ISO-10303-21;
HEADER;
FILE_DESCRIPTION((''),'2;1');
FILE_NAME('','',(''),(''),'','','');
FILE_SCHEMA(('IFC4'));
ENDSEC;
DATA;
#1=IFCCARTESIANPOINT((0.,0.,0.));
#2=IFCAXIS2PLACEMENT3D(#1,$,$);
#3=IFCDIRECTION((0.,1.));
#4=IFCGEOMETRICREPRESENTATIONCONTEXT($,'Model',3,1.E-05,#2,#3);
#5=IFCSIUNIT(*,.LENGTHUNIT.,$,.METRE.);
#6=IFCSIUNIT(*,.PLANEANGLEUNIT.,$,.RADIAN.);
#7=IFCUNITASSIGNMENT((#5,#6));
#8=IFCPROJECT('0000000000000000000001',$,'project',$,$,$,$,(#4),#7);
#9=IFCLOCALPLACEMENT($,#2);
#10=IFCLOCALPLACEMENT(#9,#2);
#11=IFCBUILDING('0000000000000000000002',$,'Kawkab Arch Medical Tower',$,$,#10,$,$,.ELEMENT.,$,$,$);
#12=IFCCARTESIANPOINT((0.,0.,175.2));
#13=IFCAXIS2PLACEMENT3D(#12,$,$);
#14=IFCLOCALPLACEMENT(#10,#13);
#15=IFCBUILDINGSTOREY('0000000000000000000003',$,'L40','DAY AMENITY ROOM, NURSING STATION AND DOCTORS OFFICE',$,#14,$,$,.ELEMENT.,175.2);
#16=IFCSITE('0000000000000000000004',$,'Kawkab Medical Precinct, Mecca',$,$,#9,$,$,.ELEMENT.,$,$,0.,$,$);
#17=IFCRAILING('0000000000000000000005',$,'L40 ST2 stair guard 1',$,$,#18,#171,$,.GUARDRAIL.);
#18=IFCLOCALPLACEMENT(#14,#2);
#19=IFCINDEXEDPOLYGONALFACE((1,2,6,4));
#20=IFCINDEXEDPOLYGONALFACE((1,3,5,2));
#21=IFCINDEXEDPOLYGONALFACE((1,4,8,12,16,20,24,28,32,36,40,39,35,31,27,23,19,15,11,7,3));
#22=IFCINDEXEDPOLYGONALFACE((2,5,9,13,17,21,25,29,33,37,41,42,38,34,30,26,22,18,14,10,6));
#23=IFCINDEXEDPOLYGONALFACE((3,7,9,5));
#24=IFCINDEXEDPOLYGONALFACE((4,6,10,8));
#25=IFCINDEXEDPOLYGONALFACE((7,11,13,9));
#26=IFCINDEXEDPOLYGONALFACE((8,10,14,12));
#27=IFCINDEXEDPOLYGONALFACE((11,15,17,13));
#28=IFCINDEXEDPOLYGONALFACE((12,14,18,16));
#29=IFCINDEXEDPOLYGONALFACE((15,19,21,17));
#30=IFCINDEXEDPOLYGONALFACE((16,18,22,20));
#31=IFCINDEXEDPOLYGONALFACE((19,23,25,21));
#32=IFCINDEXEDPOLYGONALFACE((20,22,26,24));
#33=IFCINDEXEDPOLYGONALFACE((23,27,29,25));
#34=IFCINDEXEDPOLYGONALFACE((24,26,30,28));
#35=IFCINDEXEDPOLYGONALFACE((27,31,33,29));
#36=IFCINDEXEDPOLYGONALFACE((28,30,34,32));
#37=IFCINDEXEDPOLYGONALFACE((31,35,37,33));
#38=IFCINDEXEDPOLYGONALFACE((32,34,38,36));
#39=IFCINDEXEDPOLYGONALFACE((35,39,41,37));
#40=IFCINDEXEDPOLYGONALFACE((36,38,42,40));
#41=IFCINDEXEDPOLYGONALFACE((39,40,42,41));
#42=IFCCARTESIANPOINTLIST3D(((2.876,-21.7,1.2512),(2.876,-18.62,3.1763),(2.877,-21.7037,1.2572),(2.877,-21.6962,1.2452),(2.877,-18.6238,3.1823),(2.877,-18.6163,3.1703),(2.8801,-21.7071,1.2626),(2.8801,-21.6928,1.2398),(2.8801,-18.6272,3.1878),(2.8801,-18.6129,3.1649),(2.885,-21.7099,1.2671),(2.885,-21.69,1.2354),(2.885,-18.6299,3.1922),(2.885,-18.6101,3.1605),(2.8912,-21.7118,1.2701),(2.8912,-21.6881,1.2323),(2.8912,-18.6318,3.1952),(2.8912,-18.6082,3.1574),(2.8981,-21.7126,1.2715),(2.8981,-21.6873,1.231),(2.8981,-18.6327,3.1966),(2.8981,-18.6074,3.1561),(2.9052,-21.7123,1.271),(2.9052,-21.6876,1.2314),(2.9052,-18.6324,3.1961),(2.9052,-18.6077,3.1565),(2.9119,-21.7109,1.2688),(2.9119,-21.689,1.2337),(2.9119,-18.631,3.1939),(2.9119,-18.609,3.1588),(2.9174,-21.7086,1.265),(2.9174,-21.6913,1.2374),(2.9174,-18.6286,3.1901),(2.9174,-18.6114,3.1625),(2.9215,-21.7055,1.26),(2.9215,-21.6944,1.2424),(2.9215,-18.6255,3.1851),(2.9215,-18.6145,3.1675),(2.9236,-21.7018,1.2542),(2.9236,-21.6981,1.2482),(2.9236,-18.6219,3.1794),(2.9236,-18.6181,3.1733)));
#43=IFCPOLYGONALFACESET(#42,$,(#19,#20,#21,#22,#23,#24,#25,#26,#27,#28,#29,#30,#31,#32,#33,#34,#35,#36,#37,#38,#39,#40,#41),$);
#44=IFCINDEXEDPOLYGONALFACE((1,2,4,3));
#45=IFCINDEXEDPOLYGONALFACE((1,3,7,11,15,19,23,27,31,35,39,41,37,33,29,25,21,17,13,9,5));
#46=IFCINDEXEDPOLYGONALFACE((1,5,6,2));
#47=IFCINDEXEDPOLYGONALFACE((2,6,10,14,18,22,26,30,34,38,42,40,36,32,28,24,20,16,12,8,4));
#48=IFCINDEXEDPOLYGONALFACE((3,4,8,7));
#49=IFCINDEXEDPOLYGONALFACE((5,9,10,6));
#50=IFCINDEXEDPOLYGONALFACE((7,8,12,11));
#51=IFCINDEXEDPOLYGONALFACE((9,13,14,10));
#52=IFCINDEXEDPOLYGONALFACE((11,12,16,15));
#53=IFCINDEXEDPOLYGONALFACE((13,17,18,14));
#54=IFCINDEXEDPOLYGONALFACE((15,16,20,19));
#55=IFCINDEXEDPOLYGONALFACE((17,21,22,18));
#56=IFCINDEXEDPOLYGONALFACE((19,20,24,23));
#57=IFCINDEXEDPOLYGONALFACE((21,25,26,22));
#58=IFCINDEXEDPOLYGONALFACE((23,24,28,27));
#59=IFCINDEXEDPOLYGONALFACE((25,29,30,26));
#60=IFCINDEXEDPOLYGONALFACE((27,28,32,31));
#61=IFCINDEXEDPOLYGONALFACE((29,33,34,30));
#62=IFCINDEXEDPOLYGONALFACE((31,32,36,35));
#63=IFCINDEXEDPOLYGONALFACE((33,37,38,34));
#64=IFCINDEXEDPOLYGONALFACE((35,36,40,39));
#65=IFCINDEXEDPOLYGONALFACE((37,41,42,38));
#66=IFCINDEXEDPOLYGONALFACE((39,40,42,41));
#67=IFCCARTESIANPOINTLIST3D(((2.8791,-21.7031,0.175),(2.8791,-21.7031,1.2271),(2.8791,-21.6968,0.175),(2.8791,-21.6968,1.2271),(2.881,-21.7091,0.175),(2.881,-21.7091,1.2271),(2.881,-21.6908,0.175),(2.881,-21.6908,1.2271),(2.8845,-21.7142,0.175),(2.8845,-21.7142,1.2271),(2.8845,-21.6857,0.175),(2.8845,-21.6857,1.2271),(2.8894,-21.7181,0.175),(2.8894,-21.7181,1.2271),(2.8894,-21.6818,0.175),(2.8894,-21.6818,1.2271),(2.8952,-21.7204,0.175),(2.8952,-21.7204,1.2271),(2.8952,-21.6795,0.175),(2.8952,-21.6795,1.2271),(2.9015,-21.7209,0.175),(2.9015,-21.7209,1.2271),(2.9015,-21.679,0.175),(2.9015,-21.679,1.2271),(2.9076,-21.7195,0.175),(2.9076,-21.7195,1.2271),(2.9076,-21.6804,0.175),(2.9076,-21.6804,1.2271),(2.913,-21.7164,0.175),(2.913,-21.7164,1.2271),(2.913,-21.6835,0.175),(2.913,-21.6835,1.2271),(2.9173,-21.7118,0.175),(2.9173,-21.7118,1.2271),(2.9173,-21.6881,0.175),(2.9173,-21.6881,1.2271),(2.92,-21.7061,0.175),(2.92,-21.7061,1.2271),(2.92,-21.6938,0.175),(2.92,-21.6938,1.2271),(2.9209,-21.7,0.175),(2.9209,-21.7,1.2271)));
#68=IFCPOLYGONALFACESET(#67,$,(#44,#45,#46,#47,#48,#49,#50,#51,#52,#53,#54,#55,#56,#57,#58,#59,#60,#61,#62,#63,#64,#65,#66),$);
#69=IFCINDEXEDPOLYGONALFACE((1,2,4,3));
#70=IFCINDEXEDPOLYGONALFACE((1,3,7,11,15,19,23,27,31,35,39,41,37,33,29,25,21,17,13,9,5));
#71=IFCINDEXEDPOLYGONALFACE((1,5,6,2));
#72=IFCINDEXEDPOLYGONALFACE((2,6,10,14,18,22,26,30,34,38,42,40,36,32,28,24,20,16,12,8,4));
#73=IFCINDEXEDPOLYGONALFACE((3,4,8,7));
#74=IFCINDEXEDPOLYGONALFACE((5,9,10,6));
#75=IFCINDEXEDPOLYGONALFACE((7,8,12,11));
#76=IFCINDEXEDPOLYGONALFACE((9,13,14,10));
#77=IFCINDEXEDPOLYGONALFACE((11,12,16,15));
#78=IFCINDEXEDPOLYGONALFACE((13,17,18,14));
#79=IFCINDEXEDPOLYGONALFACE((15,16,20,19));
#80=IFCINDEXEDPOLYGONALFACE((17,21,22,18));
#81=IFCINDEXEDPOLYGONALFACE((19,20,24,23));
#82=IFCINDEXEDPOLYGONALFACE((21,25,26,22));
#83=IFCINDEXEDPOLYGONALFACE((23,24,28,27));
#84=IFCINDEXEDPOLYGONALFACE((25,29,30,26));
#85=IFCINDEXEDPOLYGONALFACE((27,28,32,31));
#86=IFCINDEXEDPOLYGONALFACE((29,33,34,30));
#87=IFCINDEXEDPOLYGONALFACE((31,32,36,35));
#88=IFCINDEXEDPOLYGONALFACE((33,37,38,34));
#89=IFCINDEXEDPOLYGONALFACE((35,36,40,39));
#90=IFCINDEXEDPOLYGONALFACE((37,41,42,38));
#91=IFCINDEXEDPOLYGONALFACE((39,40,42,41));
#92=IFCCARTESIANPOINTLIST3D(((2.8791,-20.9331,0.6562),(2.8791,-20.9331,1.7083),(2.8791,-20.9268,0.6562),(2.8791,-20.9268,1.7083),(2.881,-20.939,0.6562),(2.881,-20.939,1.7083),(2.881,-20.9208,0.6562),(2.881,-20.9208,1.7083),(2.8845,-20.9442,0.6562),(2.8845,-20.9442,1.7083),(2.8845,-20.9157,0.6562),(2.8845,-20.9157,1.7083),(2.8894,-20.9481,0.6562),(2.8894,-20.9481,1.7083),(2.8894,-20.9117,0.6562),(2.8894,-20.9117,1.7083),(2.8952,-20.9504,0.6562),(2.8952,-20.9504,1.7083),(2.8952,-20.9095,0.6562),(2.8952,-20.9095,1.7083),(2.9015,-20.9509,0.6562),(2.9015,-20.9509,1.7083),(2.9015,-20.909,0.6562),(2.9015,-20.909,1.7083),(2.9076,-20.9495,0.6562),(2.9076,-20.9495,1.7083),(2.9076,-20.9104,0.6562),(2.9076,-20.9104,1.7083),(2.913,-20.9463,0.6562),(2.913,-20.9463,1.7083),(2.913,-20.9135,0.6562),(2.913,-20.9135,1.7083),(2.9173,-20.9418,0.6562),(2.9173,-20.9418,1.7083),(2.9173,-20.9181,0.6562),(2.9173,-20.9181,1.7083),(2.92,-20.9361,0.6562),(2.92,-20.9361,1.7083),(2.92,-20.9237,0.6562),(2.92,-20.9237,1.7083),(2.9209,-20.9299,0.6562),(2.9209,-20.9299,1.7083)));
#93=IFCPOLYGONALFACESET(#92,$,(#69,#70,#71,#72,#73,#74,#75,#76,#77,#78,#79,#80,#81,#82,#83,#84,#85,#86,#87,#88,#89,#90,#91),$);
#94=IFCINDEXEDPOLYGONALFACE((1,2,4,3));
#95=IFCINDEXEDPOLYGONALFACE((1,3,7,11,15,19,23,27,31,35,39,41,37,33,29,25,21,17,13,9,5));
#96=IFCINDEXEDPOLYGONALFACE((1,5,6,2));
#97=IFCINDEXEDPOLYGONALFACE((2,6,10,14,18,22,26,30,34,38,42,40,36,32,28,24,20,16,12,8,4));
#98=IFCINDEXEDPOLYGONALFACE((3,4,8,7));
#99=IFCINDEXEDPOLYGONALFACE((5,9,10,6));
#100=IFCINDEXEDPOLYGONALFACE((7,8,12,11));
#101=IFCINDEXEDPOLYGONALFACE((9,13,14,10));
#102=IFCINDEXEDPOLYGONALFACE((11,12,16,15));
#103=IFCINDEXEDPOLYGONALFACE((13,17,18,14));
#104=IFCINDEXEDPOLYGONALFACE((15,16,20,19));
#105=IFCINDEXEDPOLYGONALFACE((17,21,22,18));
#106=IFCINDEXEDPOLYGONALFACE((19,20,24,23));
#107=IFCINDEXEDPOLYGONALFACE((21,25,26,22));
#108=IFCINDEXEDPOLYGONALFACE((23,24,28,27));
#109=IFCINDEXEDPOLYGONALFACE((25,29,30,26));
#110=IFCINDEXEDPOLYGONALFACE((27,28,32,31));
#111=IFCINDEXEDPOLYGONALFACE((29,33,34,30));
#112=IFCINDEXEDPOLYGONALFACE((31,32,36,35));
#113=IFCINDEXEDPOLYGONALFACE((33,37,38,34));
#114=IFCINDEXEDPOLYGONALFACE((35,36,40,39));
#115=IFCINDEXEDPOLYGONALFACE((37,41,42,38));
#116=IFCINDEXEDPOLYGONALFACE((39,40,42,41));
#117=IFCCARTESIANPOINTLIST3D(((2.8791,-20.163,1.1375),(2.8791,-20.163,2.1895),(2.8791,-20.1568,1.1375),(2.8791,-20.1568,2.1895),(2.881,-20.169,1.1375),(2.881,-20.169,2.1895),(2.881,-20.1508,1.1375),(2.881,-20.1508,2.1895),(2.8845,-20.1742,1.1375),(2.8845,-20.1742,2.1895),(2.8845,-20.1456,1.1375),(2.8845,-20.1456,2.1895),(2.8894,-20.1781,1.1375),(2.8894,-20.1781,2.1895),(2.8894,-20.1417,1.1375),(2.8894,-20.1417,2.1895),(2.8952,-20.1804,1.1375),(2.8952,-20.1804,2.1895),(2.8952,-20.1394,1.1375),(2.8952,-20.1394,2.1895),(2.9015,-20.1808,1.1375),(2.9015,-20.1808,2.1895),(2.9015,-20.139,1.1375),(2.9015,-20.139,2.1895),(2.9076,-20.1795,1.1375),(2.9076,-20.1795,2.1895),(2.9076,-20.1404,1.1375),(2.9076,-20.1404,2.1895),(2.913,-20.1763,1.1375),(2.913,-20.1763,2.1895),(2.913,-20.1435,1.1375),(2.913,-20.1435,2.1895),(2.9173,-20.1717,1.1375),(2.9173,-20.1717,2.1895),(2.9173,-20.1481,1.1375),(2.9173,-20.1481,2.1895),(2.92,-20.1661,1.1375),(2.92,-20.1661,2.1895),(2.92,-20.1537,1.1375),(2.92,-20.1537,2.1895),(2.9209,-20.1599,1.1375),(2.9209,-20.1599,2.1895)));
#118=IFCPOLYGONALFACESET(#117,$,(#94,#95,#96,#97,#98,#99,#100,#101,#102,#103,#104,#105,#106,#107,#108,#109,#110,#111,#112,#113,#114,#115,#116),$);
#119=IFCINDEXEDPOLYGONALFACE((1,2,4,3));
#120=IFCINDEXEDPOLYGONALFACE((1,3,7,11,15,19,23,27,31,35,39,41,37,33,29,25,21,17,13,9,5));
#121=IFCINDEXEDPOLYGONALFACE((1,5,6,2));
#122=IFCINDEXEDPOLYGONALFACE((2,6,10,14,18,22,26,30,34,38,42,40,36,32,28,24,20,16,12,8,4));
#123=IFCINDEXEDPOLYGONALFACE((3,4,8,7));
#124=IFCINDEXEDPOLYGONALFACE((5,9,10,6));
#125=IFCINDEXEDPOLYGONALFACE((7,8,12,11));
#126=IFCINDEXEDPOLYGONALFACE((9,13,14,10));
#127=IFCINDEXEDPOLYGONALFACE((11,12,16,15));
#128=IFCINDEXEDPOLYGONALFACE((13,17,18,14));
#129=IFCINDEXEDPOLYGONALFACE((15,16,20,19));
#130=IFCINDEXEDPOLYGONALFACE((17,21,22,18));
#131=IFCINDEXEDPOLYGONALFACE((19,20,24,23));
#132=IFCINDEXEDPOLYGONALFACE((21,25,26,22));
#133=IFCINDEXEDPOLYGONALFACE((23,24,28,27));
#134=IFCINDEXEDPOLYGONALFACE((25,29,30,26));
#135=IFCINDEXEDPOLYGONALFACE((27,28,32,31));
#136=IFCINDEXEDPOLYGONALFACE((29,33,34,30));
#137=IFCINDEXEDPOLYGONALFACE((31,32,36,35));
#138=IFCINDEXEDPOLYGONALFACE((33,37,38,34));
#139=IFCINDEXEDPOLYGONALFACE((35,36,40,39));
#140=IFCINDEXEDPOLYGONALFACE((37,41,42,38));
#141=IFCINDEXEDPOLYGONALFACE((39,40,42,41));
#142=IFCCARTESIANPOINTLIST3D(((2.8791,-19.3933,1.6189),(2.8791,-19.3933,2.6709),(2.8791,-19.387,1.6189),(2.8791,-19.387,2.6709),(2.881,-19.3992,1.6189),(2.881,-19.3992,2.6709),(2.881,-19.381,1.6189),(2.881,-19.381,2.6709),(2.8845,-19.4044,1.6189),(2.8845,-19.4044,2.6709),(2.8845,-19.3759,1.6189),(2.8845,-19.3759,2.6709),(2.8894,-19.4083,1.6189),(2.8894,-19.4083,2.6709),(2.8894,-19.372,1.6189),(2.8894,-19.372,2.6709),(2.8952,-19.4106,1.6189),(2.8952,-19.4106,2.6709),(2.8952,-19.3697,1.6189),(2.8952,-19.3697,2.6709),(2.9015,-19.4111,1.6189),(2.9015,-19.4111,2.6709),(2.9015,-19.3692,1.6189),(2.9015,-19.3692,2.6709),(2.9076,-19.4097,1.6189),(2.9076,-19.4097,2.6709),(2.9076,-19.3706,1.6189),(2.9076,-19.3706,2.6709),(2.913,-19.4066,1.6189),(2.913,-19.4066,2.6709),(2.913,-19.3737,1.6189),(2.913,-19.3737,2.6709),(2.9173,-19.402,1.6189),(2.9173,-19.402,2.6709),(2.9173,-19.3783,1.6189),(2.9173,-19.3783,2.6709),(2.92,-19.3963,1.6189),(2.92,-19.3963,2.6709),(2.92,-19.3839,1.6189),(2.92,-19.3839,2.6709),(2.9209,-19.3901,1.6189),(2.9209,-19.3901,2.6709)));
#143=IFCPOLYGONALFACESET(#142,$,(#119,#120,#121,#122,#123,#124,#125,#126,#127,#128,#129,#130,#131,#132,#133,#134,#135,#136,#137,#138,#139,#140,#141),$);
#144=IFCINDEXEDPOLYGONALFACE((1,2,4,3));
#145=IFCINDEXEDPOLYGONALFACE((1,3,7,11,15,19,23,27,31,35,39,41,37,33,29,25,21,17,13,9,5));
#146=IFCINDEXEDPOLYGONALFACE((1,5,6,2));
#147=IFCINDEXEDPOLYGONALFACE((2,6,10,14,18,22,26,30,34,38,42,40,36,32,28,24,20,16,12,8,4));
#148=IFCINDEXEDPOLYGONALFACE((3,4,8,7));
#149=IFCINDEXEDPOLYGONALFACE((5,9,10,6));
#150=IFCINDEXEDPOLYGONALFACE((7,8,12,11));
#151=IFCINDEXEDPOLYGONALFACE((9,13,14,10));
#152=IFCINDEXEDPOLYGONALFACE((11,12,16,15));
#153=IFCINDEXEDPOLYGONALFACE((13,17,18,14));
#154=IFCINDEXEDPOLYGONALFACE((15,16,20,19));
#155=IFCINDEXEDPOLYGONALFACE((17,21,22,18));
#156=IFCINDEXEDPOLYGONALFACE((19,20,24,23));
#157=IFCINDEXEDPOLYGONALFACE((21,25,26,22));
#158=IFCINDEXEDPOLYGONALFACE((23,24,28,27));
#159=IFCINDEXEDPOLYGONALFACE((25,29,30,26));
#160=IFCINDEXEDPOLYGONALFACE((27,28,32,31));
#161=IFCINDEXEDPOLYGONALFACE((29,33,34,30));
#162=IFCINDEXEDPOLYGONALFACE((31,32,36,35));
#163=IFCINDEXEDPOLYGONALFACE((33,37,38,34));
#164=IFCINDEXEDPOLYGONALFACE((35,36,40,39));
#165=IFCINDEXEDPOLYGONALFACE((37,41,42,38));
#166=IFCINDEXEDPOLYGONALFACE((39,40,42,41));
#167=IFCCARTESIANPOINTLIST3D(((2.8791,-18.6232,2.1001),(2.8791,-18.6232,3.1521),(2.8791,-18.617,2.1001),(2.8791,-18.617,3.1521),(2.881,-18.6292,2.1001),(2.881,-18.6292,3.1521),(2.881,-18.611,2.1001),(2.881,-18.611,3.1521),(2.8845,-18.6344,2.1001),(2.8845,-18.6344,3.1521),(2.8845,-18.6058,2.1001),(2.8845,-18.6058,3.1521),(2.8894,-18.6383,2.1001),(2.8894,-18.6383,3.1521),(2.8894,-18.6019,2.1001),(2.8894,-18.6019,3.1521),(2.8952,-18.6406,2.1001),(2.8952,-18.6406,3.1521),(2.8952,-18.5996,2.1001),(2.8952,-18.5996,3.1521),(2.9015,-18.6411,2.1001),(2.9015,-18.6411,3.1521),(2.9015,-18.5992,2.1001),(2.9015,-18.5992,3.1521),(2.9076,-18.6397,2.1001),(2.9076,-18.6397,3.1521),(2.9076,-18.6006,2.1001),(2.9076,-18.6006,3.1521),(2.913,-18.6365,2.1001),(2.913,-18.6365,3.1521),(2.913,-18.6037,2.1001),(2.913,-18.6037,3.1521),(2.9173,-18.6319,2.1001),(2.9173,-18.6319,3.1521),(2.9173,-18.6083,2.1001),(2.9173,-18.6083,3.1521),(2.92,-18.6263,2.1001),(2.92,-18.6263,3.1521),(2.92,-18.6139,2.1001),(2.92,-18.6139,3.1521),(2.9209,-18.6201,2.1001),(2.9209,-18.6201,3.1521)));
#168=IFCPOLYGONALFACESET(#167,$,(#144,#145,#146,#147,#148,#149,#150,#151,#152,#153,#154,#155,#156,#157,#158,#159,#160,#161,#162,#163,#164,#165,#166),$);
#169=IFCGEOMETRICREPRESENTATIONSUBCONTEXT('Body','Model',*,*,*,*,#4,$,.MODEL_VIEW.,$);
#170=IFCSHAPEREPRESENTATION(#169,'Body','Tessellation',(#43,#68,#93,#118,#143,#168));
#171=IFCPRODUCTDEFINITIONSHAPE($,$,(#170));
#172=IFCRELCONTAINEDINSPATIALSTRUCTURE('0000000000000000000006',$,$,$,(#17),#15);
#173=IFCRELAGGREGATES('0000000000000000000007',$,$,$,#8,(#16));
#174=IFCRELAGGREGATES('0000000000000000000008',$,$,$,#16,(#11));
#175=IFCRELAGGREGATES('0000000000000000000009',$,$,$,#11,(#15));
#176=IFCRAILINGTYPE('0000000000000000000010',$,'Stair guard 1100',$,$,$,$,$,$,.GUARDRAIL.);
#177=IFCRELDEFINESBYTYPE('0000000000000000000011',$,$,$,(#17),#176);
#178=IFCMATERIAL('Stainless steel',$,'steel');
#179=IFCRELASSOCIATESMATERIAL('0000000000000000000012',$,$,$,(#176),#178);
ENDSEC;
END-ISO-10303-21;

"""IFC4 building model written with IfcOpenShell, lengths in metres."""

from ifc_helpers import new_model, si_unit, direction, frame, origin, origin_2d, place, context, subcontext, project, spatial, circle, extrude, material, type_object, element, save


model = new_model("IFC4")

# Units and contexts
model_context = context("Model", 3, precision=1e-05, world=origin(), true_north=direction((0.0, 1.0)))
body_context = subcontext(model_context, "Body", "Model", "MODEL_VIEW")
ifc_project = project(units=[si_unit("LENGTHUNIT", "METRE"), si_unit("PLANEANGLEUNIT", "RADIAN")], contexts=[model_context])

# Site, building, storey
site_placement = place(None, origin())
site = spatial("IfcSite", under=ifc_project, at=site_placement, Name="Kawkab Medical Precinct, Mecca", CompositionType="ELEMENT", RefElevation=0.0)
building_placement = place(site_placement, origin())
building = spatial("IfcBuilding", under=site, at=building_placement, Name="Kawkab Arch Medical Tower", CompositionType="ELEMENT")
storey_placement = place(building_placement, frame((0.0, 0.0, 175.2)))
storey = spatial("IfcBuildingStorey", under=building, at=storey_placement, Name="L40", Description="DAY AMENITY ROOM, NURSING STATION AND DOCTORS OFFICE", CompositionType="ELEMENT", Elevation=175.2)

# Railing
ifc_material_1 = material(Name="Stainless steel", Category="steel")
railing_type_1 = type_object("IfcRailingType", Name="Stair guard 1100", PredefinedType="GUARDRAIL", material=ifc_material_1)
railing_1_placement = place(storey_placement, frame((2.8999, -21.7, 0.175)))
element("IfcRailing", 1, at=railing_1_placement, inside=storey, type_object=railing_type_1, Name="L40 ST2 stair guard 1", PredefinedType="GUARDRAIL", context=body_context, shape_type="SweptSolid", body=[
    extrude(circle(Radius=0.0239, at=origin_2d()), frame((0.0, 0.0, 1.0762), z_axis=(0.0, 0.847979, 0.530029), x_axis=(-1.0, 0.0, 0.0)), (0.0, 0.0, 1.0), 3.6321),
    extrude(circle(Radius=0.021, at=origin_2d()), origin(), (0.0, 0.0, 1.0), 1.052),
    extrude(circle(Radius=0.021, at=origin_2d()), frame((0.0, 0.77, 0.4812)), (0.0, 0.0, 1.0), 1.052),
    extrude(circle(Radius=0.021, at=origin_2d()), frame((0.0, 1.54, 0.9624)), (0.0, 0.0, 1.0), 1.052),
    extrude(circle(Radius=0.021, at=origin_2d()), frame((0.0, 2.3098, 1.4438)), (0.0, 0.0, 1.0), 1.052),
    extrude(circle(Radius=0.021, at=origin_2d()), frame((0.0, 3.0798, 1.925)), (0.0, 0.0, 1.0), 1.052),
])

save(model, "model.ifc")
